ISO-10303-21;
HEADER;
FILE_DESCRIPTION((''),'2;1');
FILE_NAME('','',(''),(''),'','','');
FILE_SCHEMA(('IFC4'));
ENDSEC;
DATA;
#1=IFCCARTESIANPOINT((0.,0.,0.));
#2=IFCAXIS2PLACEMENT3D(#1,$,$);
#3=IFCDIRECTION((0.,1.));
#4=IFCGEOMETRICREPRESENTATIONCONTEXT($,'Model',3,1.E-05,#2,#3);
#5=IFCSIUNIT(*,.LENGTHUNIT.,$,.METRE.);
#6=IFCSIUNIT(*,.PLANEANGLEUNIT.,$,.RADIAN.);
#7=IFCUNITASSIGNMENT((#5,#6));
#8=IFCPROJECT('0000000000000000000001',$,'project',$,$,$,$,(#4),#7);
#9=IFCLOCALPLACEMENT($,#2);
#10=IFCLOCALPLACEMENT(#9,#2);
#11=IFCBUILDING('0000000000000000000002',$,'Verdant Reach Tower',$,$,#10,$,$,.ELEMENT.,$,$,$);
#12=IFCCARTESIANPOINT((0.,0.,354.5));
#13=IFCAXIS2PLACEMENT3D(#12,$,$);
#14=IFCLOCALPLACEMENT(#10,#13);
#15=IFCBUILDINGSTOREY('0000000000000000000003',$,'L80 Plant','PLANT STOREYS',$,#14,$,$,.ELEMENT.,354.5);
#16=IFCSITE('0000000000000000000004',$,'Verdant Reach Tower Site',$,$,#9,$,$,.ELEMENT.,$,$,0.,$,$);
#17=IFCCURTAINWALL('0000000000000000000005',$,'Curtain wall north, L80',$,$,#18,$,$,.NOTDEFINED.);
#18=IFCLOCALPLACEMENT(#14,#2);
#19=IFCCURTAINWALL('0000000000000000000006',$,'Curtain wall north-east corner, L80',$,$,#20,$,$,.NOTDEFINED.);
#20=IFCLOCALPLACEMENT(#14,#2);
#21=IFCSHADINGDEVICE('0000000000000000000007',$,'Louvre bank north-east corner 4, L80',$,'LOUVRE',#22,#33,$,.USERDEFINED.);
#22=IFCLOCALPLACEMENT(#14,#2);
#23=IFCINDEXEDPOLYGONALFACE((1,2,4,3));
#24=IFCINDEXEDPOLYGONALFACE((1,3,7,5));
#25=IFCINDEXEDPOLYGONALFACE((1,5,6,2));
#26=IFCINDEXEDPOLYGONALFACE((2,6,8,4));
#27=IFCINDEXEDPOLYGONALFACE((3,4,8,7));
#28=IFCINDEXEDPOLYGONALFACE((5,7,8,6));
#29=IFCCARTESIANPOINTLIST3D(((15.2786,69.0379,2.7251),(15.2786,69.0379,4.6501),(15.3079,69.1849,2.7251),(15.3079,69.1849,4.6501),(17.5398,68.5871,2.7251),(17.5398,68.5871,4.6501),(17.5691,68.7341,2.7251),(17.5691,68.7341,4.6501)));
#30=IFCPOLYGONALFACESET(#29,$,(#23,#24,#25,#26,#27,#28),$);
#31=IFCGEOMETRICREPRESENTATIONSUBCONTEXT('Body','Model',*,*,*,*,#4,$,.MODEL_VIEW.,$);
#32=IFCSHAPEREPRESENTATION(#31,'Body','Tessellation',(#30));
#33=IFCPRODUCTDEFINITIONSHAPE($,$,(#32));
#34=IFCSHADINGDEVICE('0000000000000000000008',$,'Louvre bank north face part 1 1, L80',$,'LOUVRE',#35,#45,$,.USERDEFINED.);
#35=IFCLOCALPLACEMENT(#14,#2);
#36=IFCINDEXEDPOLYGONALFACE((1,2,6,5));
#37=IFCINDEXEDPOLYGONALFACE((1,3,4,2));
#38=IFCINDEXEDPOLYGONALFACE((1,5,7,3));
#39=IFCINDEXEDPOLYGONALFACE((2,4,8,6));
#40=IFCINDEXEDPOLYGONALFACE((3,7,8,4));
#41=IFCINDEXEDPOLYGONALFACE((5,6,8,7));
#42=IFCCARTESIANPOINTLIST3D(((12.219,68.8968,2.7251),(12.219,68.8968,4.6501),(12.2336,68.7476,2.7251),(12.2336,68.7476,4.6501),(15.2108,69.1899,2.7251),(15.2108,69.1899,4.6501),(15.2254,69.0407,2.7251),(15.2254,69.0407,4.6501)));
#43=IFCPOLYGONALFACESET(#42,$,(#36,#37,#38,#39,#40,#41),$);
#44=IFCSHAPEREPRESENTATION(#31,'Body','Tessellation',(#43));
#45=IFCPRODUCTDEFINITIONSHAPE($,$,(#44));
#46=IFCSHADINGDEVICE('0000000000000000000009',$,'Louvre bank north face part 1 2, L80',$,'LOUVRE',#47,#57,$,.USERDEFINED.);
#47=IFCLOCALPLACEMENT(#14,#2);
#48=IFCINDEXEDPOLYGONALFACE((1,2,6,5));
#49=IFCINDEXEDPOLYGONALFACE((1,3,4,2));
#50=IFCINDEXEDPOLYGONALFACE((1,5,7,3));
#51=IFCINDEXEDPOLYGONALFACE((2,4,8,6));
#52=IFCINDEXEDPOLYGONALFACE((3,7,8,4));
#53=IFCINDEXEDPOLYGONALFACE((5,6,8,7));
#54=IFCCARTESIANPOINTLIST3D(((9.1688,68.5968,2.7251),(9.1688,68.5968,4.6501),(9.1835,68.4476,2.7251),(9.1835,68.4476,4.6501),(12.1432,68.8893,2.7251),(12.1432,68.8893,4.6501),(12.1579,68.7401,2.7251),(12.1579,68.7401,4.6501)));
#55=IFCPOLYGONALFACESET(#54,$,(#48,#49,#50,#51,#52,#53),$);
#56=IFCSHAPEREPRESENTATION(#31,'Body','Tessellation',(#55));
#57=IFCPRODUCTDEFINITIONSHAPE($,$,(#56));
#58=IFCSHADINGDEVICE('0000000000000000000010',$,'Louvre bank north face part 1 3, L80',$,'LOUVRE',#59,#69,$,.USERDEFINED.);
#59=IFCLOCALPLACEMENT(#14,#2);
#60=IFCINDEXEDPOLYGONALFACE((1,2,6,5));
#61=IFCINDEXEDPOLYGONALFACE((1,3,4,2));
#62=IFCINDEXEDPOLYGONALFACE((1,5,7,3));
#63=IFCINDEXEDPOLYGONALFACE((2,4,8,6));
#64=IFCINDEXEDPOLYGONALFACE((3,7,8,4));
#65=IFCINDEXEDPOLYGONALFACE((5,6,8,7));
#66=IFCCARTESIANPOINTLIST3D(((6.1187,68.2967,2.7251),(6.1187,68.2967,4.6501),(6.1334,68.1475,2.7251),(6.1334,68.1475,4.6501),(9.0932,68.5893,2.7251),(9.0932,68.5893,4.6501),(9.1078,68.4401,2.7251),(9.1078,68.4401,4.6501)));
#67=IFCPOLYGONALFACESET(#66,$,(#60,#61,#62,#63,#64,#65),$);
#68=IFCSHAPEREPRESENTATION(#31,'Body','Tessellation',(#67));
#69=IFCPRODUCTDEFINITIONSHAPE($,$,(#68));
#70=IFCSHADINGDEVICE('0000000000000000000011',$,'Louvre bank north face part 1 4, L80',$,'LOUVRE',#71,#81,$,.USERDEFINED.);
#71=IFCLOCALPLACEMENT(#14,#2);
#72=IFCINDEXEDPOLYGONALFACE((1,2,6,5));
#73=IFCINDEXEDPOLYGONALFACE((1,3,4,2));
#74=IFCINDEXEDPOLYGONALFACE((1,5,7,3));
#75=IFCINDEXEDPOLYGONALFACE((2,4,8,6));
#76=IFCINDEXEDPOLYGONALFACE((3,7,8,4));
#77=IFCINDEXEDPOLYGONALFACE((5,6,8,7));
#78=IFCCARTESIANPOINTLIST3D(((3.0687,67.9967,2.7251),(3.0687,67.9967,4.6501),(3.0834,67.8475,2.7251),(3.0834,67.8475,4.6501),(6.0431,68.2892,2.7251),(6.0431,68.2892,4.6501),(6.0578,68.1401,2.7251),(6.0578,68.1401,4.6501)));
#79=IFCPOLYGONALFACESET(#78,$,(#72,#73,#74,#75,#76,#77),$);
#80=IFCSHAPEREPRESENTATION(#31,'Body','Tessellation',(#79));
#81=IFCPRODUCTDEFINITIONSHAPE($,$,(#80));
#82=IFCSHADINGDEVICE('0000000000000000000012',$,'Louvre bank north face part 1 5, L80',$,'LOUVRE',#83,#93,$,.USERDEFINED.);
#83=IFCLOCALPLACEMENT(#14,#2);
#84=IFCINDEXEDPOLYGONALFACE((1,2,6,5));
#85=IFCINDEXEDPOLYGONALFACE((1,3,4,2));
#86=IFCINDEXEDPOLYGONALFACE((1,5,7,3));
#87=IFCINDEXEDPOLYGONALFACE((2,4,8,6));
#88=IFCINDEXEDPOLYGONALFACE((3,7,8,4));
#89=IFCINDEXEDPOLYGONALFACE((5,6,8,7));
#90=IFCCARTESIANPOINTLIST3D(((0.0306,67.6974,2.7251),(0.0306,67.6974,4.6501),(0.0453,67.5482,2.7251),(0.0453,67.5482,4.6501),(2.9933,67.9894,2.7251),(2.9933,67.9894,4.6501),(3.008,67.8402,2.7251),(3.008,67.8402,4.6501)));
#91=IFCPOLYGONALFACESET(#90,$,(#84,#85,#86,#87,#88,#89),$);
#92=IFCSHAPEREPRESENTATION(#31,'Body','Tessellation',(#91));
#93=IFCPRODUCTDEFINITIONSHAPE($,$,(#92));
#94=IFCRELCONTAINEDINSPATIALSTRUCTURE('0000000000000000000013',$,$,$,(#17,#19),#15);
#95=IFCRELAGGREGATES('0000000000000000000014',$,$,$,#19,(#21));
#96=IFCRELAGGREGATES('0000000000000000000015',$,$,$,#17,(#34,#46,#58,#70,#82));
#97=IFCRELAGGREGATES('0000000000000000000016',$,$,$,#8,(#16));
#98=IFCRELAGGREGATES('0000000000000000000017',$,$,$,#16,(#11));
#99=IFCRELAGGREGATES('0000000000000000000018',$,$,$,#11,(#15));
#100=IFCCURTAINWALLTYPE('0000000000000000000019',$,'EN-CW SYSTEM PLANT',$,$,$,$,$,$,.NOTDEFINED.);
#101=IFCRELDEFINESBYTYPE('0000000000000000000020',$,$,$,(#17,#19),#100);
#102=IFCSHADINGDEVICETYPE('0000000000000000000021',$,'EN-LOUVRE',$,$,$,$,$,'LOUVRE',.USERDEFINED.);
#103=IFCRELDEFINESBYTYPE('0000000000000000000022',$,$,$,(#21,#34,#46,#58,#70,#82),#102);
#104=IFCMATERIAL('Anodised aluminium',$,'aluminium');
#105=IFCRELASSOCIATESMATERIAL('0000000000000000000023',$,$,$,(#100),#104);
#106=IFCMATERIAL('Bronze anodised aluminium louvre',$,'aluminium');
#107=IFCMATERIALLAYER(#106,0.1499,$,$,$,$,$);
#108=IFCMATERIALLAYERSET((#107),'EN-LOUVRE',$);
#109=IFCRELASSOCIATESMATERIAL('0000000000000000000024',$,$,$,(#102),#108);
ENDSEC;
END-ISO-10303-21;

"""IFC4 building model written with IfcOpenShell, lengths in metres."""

from ifc_helpers import new_model, si_unit, direction, frame, origin, origin_2d, place, context, subcontext, project, spatial, rectangle, extrude, material, layer, layer_set, type_object, element, aggregate, save


model = new_model("IFC4")

# Units and contexts
model_context = context("Model", 3, precision=1e-05, world=origin(), true_north=direction((0.0, 1.0)))
body_context = subcontext(model_context, "Body", "Model", "MODEL_VIEW")
ifc_project = project(units=[si_unit("LENGTHUNIT", "METRE"), si_unit("PLANEANGLEUNIT", "RADIAN")], contexts=[model_context])

# Site, building, storey
site_placement = place(None, origin())
site = spatial("IfcSite", under=ifc_project, at=site_placement, Name="Verdant Reach Tower Site", CompositionType="ELEMENT", RefElevation=0.0)
building_placement = place(site_placement, origin())
building = spatial("IfcBuilding", under=site, at=building_placement, Name="Verdant Reach Tower", CompositionType="ELEMENT")
storey_placement = place(building_placement, frame((0.0, 0.0, 354.5)))
storey = spatial("IfcBuildingStorey", under=building, at=storey_placement, Name="L80 Plant", Description="PLANT STOREYS", CompositionType="ELEMENT", Elevation=354.5)

# Curtain wall
ifc_material_1 = material(Name="Anodised aluminium", Category="aluminium")
curtain_wall_type = type_object("IfcCurtainWallType", Name="EN-CW SYSTEM PLANT", PredefinedType="NOTDEFINED", material=ifc_material_1)
curtain_wall_1_placement = place(storey_placement, origin())
curtain_wall_1 = element("IfcCurtainWall", 1, at=curtain_wall_1_placement, inside=storey, type_object=curtain_wall_type, Name="Curtain wall north, L80", PredefinedType="NOTDEFINED")

# Curtain wall
curtain_wall_2_placement = place(storey_placement, origin())
curtain_wall_2 = element("IfcCurtainWall", 2, at=curtain_wall_2_placement, inside=storey, type_object=curtain_wall_type, Name="Curtain wall north-east corner, L80", PredefinedType="NOTDEFINED")

# Shading devices
ifc_material_2 = material(Name="Bronze anodised aluminium louvre", Category="aluminium")
ifc_layer_1 = layer(ifc_material_2, 0.1499)
ifc_layer_set_1 = layer_set([ifc_layer_1], Name="EN-LOUVRE")
shading_device_type = type_object("IfcShadingDeviceType", Name="EN-LOUVRE", ElementType="LOUVRE", PredefinedType="USERDEFINED", material=ifc_layer_set_1)
shading_device_1_placement = place(storey_placement, frame((16.4238, 68.886, 2.7251), z_axis=(0.0, 0.0, 1.0), x_axis=(-0.980705, 0.195493, 0.0)))
shading_device_1 = element("IfcShadingDevice", 3, at=shading_device_1_placement, type_object=shading_device_type, Name="Louvre bank north-east corner 4, L80", ObjectType="LOUVRE", PredefinedType="USERDEFINED", context=body_context, shape_type="SweptSolid", body=[
    extrude(rectangle(XDim=2.3057, YDim=0.1499, at=origin_2d()), origin(), (0.0, 0.0, 1.0), 1.925),
])
aggregate(curtain_wall_2, [shading_device_1])
shading_device_2_placement = place(storey_placement, frame((13.7222, 68.9688, 2.7251), z_axis=(0.0, 0.0, 1.0), x_axis=(-0.995238, -0.097473, 0.0)))
shading_device_2 = element("IfcShadingDevice", 4, at=shading_device_2_placement, type_object=shading_device_type, Name="Louvre bank north face part 1 1, L80", ObjectType="LOUVRE", PredefinedType="USERDEFINED", context=body_context, shape_type="SweptSolid", body=[
    extrude(rectangle(XDim=3.0061, YDim=0.1499, at=origin_2d()), origin(), (0.0, 0.0, 1.0), 1.925),
])
shading_device_3_placement = place(storey_placement, frame((10.6633, 68.6685, 2.7251), z_axis=(0.0, 0.0, 1.0), x_axis=(-0.995197, -0.097888, 0.0)))
shading_device_3 = element("IfcShadingDevice", 5, at=shading_device_3_placement, type_object=shading_device_type, Name="Louvre bank north face part 1 2, L80", ObjectType="LOUVRE", PredefinedType="USERDEFINED", context=body_context, shape_type="SweptSolid", body=[
    extrude(rectangle(XDim=2.9888, YDim=0.1499, at=origin_2d()), origin(), (0.0, 0.0, 1.0), 1.925),
])
shading_device_4_placement = place(storey_placement, frame((7.6133, 68.3684, 2.7251), z_axis=(0.0, 0.0, 1.0), x_axis=(-0.995197, -0.097888, 0.0)))
shading_device_4 = element("IfcShadingDevice", 6, at=shading_device_4_placement, type_object=shading_device_type, Name="Louvre bank north face part 1 3, L80", ObjectType="LOUVRE", PredefinedType="USERDEFINED", context=body_context, shape_type="SweptSolid", body=[
    extrude(rectangle(XDim=2.9888, YDim=0.1499, at=origin_2d()), origin(), (0.0, 0.0, 1.0), 1.925),
])
shading_device_5_placement = place(storey_placement, frame((4.5632, 68.0684, 2.7251), z_axis=(0.0, 0.0, 1.0), x_axis=(-0.995197, -0.097888, 0.0)))
shading_device_5 = element("IfcShadingDevice", 7, at=shading_device_5_placement, type_object=shading_device_type, Name="Louvre bank north face part 1 4, L80", ObjectType="LOUVRE", PredefinedType="USERDEFINED", context=body_context, shape_type="SweptSolid", body=[
    extrude(rectangle(XDim=2.9888, YDim=0.1499, at=origin_2d()), origin(), (0.0, 0.0, 1.0), 1.925),
])
shading_device_6_placement = place(storey_placement, frame((1.5193, 67.7688, 2.7251), z_axis=(0.0, 0.0, 1.0), x_axis=(-0.995179, -0.098075, 0.0)))
shading_device_6 = element("IfcShadingDevice", 8, at=shading_device_6_placement, type_object=shading_device_type, Name="Louvre bank north face part 1 5, L80", ObjectType="LOUVRE", PredefinedType="USERDEFINED", context=body_context, shape_type="SweptSolid", body=[
    extrude(rectangle(XDim=2.9771, YDim=0.1499, at=origin_2d()), origin(), (0.0, 0.0, 1.0), 1.925),
])
aggregate(curtain_wall_1, [shading_device_2, shading_device_3, shading_device_4, shading_device_5, shading_device_6])

save(model, "model.ifc")
